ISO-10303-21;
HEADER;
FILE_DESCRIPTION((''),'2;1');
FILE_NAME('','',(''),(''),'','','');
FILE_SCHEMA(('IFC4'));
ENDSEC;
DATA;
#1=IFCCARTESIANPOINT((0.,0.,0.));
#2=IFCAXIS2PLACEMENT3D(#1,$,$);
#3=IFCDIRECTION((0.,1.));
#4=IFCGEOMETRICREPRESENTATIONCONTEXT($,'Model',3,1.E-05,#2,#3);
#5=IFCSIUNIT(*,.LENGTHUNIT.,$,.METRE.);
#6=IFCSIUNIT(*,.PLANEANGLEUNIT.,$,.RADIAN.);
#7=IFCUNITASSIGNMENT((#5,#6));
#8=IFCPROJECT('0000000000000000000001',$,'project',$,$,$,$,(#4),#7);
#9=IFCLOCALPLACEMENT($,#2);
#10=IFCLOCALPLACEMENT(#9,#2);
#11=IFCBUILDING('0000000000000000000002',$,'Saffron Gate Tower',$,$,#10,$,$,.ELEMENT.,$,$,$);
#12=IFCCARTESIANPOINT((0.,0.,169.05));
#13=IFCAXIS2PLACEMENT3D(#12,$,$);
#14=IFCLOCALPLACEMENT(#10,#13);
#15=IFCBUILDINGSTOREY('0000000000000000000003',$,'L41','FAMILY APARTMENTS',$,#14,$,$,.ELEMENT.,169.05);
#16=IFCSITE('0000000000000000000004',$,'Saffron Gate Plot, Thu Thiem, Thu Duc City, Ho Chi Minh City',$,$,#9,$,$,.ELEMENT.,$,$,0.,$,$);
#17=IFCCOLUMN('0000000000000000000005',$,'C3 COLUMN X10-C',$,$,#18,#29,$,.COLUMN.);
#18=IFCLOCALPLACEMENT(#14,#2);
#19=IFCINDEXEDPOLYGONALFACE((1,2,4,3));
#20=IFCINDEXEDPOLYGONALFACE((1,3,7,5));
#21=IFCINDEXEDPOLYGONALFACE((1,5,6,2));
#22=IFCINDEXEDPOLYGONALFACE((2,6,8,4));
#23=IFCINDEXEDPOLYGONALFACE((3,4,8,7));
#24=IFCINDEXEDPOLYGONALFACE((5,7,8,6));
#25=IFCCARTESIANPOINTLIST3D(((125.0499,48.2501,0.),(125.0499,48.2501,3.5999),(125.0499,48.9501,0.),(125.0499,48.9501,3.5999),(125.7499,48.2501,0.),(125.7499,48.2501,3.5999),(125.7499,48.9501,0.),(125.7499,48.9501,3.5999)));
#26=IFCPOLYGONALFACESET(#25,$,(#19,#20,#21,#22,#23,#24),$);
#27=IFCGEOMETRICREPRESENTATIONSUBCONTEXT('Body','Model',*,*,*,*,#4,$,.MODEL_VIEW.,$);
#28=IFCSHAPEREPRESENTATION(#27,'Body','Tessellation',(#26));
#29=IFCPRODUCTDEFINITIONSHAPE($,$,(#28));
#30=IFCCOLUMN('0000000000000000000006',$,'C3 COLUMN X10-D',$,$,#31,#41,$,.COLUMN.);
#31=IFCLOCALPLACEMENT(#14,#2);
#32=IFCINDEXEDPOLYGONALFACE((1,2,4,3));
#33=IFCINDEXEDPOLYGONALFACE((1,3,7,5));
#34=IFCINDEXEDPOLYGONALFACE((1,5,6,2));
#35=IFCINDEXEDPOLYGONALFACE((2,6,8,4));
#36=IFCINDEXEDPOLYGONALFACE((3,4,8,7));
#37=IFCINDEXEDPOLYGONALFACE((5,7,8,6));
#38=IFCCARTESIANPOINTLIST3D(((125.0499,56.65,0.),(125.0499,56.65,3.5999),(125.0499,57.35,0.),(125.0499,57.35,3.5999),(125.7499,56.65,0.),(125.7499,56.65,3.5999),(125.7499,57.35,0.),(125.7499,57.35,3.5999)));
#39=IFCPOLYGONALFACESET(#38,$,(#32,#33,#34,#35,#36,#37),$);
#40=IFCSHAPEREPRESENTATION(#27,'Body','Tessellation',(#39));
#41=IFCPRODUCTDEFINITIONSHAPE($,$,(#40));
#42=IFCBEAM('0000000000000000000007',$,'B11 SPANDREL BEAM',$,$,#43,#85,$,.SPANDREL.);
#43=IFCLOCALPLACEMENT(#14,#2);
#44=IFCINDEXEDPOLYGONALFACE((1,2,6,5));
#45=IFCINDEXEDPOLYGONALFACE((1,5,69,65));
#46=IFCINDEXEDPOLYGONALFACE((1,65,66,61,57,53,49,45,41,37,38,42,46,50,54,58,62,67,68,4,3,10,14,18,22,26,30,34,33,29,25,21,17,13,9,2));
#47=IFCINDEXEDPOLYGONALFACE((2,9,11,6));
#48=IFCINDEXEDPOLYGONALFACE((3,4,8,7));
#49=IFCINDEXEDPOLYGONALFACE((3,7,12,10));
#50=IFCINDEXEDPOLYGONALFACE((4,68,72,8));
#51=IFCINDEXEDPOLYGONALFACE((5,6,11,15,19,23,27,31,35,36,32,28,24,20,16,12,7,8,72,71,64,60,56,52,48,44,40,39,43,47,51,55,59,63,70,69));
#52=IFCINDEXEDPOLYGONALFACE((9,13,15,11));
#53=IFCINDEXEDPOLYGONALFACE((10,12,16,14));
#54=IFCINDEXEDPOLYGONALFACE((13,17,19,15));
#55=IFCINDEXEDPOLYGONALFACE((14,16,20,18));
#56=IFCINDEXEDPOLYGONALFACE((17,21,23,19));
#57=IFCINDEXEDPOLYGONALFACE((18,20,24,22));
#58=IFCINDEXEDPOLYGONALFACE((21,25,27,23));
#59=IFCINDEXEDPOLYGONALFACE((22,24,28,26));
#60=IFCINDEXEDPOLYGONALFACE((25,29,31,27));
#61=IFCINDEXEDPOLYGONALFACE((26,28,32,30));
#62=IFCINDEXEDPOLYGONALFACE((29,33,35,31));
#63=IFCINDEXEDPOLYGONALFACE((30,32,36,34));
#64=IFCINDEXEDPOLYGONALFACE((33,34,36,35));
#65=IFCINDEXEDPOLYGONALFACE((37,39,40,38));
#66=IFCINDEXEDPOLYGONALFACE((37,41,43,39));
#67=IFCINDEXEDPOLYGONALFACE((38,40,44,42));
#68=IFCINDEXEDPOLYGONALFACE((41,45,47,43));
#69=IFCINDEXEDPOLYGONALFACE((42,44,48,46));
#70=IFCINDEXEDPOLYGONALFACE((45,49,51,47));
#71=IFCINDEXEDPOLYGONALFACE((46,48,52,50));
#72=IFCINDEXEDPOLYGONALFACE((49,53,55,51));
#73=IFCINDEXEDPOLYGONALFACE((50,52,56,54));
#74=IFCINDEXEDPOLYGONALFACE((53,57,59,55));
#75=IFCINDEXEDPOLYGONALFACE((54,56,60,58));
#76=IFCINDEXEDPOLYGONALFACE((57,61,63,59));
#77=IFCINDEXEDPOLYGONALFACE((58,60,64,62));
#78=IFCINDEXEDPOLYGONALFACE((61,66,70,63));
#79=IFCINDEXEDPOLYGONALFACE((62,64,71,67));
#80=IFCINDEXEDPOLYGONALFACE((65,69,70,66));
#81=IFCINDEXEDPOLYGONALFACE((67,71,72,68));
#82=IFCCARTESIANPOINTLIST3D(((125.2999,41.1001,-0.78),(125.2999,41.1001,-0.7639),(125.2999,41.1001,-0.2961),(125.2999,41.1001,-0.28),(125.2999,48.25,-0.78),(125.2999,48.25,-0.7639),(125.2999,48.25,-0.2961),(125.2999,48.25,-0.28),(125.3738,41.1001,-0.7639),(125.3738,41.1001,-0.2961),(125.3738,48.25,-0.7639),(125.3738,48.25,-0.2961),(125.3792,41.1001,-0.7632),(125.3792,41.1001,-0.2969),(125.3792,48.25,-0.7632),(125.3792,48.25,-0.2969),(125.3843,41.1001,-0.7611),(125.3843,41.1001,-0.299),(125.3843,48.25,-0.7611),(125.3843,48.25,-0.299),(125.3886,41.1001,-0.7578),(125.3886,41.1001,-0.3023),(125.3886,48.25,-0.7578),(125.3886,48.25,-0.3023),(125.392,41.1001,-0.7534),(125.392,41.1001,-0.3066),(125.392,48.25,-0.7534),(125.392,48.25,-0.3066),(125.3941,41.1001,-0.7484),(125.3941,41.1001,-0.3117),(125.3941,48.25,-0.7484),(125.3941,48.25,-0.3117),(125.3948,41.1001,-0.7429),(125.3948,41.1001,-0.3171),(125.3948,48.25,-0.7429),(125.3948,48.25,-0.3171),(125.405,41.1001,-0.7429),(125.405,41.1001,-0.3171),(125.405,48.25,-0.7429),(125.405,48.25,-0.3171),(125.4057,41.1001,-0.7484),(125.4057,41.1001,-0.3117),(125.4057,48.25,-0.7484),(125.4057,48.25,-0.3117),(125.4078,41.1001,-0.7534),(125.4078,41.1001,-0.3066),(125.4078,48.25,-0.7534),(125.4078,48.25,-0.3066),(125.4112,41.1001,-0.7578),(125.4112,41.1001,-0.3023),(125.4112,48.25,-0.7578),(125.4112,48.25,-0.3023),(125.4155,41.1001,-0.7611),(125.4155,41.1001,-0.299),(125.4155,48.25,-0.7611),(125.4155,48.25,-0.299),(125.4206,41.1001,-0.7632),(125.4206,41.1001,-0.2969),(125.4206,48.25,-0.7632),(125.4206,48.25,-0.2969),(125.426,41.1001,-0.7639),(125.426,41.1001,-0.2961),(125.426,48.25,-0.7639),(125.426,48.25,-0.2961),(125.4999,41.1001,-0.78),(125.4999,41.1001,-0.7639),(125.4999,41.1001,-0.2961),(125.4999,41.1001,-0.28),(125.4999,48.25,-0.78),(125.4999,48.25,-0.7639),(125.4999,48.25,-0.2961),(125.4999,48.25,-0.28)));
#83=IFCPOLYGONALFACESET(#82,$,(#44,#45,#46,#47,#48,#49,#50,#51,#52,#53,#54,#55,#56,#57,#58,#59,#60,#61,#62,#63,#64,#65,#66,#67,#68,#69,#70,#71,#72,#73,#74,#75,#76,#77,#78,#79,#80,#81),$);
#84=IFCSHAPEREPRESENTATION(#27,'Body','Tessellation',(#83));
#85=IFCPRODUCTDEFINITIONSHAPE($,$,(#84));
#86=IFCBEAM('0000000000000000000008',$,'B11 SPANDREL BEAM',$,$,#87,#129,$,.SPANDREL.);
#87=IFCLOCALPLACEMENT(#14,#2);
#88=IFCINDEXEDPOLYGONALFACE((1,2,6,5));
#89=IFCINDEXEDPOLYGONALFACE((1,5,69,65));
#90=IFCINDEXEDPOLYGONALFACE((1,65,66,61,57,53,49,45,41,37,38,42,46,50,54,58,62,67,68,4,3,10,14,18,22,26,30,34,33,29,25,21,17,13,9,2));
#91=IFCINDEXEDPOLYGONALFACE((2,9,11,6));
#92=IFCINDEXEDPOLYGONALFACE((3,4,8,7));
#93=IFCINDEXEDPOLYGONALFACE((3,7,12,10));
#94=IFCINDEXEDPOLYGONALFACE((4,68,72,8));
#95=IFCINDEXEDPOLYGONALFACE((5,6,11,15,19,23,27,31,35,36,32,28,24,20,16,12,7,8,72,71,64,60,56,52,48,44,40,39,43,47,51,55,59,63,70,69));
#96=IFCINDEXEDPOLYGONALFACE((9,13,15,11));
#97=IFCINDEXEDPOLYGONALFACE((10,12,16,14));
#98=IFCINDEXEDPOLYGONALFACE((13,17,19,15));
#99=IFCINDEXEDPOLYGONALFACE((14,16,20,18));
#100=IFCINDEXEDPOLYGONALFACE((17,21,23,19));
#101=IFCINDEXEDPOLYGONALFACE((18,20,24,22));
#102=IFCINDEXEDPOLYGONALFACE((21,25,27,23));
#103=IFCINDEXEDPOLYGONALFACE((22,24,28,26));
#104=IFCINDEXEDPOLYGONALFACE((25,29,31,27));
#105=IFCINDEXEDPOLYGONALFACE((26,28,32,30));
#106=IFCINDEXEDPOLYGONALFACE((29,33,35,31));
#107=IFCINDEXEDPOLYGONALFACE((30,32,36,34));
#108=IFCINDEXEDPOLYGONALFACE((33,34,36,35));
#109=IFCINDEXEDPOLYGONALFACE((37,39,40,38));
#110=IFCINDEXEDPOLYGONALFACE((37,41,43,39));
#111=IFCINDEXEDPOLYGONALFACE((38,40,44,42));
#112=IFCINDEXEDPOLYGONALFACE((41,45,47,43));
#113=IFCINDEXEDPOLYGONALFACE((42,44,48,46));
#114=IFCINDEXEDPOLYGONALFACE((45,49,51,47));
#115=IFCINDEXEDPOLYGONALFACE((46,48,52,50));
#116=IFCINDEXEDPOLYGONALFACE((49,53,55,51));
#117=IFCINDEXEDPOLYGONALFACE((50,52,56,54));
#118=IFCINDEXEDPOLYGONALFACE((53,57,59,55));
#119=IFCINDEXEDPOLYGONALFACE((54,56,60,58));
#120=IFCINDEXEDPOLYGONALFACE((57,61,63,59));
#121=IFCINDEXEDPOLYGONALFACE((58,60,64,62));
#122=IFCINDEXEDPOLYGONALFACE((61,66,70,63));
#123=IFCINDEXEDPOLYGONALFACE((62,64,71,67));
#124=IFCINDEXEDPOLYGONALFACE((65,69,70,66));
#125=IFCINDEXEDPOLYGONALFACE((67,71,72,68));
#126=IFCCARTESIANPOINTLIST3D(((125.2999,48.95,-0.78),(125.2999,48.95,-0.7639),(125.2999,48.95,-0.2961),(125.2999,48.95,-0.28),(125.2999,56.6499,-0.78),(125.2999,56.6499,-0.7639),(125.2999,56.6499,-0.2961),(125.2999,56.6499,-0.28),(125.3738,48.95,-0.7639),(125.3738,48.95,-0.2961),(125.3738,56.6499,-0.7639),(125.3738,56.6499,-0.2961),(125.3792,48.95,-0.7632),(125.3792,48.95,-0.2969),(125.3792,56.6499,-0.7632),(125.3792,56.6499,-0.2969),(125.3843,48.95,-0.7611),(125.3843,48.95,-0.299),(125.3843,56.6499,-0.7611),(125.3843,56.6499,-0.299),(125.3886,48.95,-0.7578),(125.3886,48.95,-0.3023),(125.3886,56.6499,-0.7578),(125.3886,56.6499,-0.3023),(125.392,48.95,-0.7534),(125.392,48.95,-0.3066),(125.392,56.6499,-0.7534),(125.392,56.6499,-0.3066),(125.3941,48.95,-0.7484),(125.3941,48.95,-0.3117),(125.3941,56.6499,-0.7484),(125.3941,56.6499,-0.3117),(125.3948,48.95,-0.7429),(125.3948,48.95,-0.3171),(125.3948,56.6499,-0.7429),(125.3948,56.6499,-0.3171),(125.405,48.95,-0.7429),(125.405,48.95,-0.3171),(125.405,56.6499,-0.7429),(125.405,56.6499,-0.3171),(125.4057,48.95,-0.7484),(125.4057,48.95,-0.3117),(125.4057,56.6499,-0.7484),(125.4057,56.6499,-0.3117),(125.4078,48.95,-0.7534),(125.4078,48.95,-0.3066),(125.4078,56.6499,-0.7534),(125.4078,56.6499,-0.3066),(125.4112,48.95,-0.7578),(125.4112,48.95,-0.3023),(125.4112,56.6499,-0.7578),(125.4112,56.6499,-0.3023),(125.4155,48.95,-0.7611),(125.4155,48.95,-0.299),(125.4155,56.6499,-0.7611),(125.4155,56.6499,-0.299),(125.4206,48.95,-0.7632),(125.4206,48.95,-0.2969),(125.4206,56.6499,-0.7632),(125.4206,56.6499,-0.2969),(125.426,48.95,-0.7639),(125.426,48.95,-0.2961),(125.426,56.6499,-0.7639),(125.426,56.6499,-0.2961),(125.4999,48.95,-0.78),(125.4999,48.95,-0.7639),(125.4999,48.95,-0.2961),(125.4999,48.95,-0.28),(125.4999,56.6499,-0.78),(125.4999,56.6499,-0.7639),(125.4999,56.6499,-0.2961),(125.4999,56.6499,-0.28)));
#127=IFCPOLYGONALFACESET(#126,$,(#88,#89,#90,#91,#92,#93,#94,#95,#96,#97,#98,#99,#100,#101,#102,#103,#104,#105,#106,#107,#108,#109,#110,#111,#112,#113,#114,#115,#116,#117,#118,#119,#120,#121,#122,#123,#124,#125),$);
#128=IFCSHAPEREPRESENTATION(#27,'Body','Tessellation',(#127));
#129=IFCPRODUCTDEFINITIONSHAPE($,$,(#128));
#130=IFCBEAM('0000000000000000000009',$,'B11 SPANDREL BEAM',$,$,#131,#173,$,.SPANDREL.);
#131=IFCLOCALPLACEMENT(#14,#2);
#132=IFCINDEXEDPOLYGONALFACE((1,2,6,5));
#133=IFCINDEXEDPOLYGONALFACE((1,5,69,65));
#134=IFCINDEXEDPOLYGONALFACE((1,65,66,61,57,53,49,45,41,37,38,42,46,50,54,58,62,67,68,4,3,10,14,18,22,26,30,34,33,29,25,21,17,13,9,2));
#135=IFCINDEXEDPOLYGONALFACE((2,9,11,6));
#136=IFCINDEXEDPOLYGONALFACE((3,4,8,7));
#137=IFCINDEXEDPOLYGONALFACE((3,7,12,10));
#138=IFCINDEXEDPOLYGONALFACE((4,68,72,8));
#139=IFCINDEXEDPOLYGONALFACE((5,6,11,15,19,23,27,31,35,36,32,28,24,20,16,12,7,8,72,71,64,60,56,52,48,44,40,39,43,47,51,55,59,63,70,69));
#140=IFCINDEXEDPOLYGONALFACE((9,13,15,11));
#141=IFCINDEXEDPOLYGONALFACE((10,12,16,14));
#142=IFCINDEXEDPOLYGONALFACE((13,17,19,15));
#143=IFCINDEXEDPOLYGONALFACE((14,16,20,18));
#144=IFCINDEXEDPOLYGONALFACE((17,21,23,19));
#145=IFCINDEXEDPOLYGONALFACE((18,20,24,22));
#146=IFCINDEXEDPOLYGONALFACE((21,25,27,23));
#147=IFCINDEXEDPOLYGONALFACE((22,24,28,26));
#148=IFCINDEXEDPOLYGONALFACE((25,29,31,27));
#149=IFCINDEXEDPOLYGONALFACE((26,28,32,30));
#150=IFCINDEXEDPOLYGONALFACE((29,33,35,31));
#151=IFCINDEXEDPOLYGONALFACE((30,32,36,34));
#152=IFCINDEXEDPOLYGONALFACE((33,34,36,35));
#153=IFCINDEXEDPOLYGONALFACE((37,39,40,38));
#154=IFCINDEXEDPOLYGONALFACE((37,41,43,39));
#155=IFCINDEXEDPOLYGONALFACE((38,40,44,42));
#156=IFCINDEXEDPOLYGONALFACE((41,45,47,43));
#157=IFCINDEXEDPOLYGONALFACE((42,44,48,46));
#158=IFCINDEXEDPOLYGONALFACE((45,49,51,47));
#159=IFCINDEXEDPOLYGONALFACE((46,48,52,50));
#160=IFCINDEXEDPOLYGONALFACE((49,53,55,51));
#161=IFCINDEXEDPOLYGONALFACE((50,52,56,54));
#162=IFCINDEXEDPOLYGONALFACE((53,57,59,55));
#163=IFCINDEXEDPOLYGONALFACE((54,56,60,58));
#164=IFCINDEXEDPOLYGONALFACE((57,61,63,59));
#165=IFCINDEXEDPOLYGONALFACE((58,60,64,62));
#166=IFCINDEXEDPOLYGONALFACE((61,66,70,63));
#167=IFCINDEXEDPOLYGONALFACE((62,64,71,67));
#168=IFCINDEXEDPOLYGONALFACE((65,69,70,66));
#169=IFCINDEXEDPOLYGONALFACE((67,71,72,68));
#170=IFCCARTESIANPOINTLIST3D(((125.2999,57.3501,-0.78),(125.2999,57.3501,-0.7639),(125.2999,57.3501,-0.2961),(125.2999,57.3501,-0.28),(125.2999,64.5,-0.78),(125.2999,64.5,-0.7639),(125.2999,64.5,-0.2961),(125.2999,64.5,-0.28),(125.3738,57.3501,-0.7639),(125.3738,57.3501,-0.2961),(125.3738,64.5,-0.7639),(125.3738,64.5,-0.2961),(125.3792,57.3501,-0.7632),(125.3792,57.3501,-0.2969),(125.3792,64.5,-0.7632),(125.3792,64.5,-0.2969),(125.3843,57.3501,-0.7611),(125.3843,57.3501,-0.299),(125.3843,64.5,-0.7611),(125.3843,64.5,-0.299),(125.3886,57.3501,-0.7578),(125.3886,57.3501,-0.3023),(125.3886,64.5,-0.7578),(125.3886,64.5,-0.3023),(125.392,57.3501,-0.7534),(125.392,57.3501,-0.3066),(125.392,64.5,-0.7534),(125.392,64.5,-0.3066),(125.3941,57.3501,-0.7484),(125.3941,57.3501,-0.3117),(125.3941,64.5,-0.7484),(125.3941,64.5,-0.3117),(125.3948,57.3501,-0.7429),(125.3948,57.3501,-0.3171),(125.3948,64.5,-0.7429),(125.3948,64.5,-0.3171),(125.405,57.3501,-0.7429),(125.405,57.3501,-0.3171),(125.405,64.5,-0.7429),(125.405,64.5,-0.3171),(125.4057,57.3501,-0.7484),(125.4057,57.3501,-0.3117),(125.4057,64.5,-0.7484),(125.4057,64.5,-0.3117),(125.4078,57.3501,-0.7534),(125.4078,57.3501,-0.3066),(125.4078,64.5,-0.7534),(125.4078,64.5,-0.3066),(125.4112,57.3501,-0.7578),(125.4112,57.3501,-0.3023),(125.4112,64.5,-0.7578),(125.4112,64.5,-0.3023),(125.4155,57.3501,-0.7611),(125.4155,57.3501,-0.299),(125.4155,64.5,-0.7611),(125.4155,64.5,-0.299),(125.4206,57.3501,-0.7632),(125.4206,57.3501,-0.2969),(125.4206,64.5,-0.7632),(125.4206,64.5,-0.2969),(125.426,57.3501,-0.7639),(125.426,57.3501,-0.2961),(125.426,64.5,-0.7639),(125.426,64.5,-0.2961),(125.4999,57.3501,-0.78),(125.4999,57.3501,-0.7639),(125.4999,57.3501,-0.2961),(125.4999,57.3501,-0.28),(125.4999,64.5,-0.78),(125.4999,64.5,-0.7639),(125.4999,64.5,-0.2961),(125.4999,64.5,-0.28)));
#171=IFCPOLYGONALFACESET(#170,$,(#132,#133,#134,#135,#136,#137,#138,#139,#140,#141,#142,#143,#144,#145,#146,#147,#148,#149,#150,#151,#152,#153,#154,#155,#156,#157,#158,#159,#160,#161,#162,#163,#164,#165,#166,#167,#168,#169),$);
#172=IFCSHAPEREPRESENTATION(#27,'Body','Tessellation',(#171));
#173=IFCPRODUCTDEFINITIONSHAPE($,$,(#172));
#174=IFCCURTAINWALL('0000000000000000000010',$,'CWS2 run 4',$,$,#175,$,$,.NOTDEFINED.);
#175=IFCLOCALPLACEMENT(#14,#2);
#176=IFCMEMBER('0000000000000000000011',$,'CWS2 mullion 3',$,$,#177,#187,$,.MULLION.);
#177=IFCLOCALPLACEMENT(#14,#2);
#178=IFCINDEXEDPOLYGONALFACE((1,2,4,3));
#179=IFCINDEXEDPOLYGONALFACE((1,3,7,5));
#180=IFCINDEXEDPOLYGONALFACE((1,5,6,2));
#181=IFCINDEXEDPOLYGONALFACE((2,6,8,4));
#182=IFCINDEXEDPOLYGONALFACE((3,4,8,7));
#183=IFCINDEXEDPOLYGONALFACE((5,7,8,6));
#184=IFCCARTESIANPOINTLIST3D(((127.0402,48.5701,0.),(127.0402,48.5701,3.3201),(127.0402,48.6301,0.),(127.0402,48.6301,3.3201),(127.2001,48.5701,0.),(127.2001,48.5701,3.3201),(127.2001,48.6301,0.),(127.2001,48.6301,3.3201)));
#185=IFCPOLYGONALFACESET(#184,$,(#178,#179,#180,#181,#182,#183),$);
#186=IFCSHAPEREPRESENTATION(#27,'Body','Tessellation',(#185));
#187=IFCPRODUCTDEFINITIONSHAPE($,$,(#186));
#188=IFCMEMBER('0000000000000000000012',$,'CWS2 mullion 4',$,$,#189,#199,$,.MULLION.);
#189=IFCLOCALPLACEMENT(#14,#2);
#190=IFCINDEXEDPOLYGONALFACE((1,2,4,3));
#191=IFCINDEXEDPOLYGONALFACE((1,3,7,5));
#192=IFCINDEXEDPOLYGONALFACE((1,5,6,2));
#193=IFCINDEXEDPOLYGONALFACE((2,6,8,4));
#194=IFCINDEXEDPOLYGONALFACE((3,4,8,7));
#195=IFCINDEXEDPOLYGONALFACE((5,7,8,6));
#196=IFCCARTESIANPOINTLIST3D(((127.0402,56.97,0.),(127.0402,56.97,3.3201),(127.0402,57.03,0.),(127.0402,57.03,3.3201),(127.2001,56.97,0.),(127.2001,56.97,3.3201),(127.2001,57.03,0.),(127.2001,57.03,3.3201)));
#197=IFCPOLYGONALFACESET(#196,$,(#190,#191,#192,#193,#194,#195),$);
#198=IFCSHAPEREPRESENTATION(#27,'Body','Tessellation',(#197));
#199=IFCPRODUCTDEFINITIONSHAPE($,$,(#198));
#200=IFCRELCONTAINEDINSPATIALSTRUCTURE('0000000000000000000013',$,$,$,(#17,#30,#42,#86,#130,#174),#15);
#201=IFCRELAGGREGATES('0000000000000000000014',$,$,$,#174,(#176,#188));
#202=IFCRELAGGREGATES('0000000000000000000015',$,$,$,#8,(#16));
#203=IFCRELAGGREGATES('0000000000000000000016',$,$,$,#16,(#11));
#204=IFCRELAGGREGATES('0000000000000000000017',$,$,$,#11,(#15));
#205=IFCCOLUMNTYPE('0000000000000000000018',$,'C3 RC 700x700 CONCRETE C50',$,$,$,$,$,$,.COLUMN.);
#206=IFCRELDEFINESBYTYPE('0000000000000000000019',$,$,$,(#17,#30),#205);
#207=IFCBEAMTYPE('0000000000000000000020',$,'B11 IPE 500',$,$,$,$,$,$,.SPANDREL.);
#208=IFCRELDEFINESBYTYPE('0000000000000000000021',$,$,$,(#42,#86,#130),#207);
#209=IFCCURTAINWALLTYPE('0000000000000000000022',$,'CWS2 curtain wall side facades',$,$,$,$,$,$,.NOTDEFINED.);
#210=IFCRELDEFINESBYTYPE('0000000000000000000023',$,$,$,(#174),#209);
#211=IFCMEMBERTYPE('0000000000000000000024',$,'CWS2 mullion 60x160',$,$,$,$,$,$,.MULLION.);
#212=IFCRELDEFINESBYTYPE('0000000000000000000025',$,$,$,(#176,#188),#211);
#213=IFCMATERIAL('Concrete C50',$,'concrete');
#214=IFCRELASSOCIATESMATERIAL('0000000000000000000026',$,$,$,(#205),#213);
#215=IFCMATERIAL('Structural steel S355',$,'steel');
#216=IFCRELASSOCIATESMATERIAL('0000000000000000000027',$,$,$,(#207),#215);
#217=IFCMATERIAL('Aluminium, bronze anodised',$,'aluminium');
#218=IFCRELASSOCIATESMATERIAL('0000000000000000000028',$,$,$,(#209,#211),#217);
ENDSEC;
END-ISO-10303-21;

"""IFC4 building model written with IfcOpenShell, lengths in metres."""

from ifc_helpers import new_model, si_unit, direction, frame, origin, origin_2d, place, context, subcontext, project, spatial, rectangle, i_section, extrude, material, material_profile, profile_set, type_object, element, aggregate, save


model = new_model("IFC4")

# Units and contexts
model_context = context("Model", 3, precision=1e-05, world=origin(), true_north=direction((0.0, 1.0)))
body_context = subcontext(model_context, "Body", "Model", "MODEL_VIEW")
ifc_project = project(units=[si_unit("LENGTHUNIT", "METRE"), si_unit("PLANEANGLEUNIT", "RADIAN")], contexts=[model_context])

# Site, building, storey
site_placement = place(None, origin())
site = spatial("IfcSite", under=ifc_project, at=site_placement, Name="Saffron Gate Plot, Thu Thiem, Thu Duc City, Ho Chi Minh City", CompositionType="ELEMENT", RefElevation=0.0)
building_placement = place(site_placement, origin())
building = spatial("IfcBuilding", under=site, at=building_placement, Name="Saffron Gate Tower", CompositionType="ELEMENT")
storey_placement = place(building_placement, frame((0.0, 0.0, 169.05)))
storey = spatial("IfcBuildingStorey", under=building, at=storey_placement, Name="L41", Description="FAMILY APARTMENTS", CompositionType="ELEMENT", Elevation=169.05)

# Columns
ifc_material_1 = material(Name="Concrete C50", Category="concrete")
ifc_material_profile_1 = material_profile(ifc_material_1, rectangle(XDim=0.7, YDim=0.7, at=origin_2d()))
ifc_profile_set_1 = profile_set([ifc_material_profile_1], Name="Concrete C50")
column_type = type_object("IfcColumnType", Name="C3 RC 700x700 CONCRETE C50", PredefinedType="COLUMN", material=ifc_profile_set_1)
for number, where, z_axis, x_axis, name in (
    (1, (125.3999, 48.6001, 0.0), (0.0, 0.0, 1.0), (1.0, 0.0, 0.0), "C3 COLUMN X10-C"),
    (2, (125.3999, 57.0, 0.0), (0.0, 0.0, 1.0), (1.0, 0.0, 0.0), "C3 COLUMN X10-D"),
):
    element("IfcColumn", number, at=place(storey_placement, frame(where, z_axis=z_axis, x_axis=x_axis)), inside=storey, type_object=column_type, Name=name, PredefinedType="COLUMN", context=body_context, shape_type="SweptSolid", body=[
        extrude(rectangle(XDim=0.7, YDim=0.7, at=origin_2d()), origin(), (0.0, 0.0, 1.0), 3.5999),
    ])

# Beams
ifc_material_2 = material(Name="Structural steel S355", Category="steel")
ifc_material_profile_2 = material_profile(ifc_material_2, i_section(OverallWidth=0.2, OverallDepth=0.5, WebThickness=0.0103, FlangeThickness=0.0161, FilletRadius=0.021, at=origin_2d()))
ifc_profile_set_2 = profile_set([ifc_material_profile_2], Name="Structural steel S355")
beam_type = type_object("IfcBeamType", Name="B11 IPE 500", PredefinedType="SPANDREL", material=ifc_profile_set_2)
beam_1_placement = place(storey_placement, frame((125.3999, 41.1001, -0.53), z_axis=(0.0, 1.0, 0.0), x_axis=(-1.0, 0.0, 0.0)))
element("IfcBeam", 3, at=beam_1_placement, inside=storey, type_object=beam_type, Name="B11 SPANDREL BEAM", PredefinedType="SPANDREL", context=body_context, shape_type="SweptSolid", body=[
    extrude(i_section(OverallWidth=0.2, OverallDepth=0.5, WebThickness=0.0103, FlangeThickness=0.0161, FilletRadius=0.021, at=origin_2d()), origin(), (0.0, 0.0, 1.0), 7.1499),
])
beam_2_placement = place(storey_placement, frame((125.3999, 48.95, -0.53), z_axis=(0.0, 1.0, 0.0), x_axis=(-1.0, 0.0, 0.0)))
element("IfcBeam", 4, at=beam_2_placement, inside=storey, type_object=beam_type, Name="B11 SPANDREL BEAM", PredefinedType="SPANDREL", context=body_context, shape_type="SweptSolid", body=[
    extrude(i_section(OverallWidth=0.2, OverallDepth=0.5, WebThickness=0.0103, FlangeThickness=0.0161, FilletRadius=0.021, at=origin_2d()), origin(), (0.0, 0.0, 1.0), 7.7),
])
beam_3_placement = place(storey_placement, frame((125.3999, 57.3501, -0.53), z_axis=(0.0, 1.0, 0.0), x_axis=(-1.0, 0.0, 0.0)))
element("IfcBeam", 5, at=beam_3_placement, inside=storey, type_object=beam_type, Name="B11 SPANDREL BEAM", PredefinedType="SPANDREL", context=body_context, shape_type="SweptSolid", body=[
    extrude(i_section(OverallWidth=0.2, OverallDepth=0.5, WebThickness=0.0103, FlangeThickness=0.0161, FilletRadius=0.021, at=origin_2d()), origin(), (0.0, 0.0, 1.0), 7.1499),
])

# Curtain wall, members
ifc_material_3 = material(Name="Aluminium, bronze anodised", Category="aluminium")
curtain_wall_type = type_object("IfcCurtainWallType", Name="CWS2 curtain wall side facades", PredefinedType="NOTDEFINED", material=ifc_material_3)
curtain_wall_placement = place(storey_placement, origin())
curtain_wall = element("IfcCurtainWall", 6, at=curtain_wall_placement, inside=storey, type_object=curtain_wall_type, Name="CWS2 run 4", PredefinedType="NOTDEFINED")
ifc_material_profile_3 = material_profile(ifc_material_3, rectangle(XDim=0.1599, YDim=0.0601, at=origin_2d()))
ifc_profile_set_3 = profile_set([ifc_material_profile_3], Name="Aluminium, bronze anodised")
member_type = type_object("IfcMemberType", Name="CWS2 mullion 60x160", PredefinedType="MULLION", material=ifc_profile_set_3)
member_1_placement = place(storey_placement, frame((127.1201, 48.6001, 0.0), z_axis=(0.0, 0.0, 1.0), x_axis=(-1.0, 0.0, 0.0)))
member_1 = element("IfcMember", 7, at=member_1_placement, type_object=member_type, Name="CWS2 mullion 3", PredefinedType="MULLION", context=body_context, shape_type="SweptSolid", body=[
    extrude(rectangle(XDim=0.1599, YDim=0.0601, at=origin_2d()), origin(), (0.0, 0.0, 1.0), 3.3201),
])
member_2_placement = place(storey_placement, frame((127.1201, 57.0, 0.0), z_axis=(0.0, 0.0, 1.0), x_axis=(-1.0, 0.0, 0.0)))
member_2 = element("IfcMember", 8, at=member_2_placement, type_object=member_type, Name="CWS2 mullion 4", PredefinedType="MULLION", context=body_context, shape_type="SweptSolid", body=[
    extrude(rectangle(XDim=0.1599, YDim=0.0601, at=origin_2d()), origin(), (0.0, 0.0, 1.0), 3.3201),
])
aggregate(curtain_wall, [member_1, member_2])

save(model, "model.ifc")
